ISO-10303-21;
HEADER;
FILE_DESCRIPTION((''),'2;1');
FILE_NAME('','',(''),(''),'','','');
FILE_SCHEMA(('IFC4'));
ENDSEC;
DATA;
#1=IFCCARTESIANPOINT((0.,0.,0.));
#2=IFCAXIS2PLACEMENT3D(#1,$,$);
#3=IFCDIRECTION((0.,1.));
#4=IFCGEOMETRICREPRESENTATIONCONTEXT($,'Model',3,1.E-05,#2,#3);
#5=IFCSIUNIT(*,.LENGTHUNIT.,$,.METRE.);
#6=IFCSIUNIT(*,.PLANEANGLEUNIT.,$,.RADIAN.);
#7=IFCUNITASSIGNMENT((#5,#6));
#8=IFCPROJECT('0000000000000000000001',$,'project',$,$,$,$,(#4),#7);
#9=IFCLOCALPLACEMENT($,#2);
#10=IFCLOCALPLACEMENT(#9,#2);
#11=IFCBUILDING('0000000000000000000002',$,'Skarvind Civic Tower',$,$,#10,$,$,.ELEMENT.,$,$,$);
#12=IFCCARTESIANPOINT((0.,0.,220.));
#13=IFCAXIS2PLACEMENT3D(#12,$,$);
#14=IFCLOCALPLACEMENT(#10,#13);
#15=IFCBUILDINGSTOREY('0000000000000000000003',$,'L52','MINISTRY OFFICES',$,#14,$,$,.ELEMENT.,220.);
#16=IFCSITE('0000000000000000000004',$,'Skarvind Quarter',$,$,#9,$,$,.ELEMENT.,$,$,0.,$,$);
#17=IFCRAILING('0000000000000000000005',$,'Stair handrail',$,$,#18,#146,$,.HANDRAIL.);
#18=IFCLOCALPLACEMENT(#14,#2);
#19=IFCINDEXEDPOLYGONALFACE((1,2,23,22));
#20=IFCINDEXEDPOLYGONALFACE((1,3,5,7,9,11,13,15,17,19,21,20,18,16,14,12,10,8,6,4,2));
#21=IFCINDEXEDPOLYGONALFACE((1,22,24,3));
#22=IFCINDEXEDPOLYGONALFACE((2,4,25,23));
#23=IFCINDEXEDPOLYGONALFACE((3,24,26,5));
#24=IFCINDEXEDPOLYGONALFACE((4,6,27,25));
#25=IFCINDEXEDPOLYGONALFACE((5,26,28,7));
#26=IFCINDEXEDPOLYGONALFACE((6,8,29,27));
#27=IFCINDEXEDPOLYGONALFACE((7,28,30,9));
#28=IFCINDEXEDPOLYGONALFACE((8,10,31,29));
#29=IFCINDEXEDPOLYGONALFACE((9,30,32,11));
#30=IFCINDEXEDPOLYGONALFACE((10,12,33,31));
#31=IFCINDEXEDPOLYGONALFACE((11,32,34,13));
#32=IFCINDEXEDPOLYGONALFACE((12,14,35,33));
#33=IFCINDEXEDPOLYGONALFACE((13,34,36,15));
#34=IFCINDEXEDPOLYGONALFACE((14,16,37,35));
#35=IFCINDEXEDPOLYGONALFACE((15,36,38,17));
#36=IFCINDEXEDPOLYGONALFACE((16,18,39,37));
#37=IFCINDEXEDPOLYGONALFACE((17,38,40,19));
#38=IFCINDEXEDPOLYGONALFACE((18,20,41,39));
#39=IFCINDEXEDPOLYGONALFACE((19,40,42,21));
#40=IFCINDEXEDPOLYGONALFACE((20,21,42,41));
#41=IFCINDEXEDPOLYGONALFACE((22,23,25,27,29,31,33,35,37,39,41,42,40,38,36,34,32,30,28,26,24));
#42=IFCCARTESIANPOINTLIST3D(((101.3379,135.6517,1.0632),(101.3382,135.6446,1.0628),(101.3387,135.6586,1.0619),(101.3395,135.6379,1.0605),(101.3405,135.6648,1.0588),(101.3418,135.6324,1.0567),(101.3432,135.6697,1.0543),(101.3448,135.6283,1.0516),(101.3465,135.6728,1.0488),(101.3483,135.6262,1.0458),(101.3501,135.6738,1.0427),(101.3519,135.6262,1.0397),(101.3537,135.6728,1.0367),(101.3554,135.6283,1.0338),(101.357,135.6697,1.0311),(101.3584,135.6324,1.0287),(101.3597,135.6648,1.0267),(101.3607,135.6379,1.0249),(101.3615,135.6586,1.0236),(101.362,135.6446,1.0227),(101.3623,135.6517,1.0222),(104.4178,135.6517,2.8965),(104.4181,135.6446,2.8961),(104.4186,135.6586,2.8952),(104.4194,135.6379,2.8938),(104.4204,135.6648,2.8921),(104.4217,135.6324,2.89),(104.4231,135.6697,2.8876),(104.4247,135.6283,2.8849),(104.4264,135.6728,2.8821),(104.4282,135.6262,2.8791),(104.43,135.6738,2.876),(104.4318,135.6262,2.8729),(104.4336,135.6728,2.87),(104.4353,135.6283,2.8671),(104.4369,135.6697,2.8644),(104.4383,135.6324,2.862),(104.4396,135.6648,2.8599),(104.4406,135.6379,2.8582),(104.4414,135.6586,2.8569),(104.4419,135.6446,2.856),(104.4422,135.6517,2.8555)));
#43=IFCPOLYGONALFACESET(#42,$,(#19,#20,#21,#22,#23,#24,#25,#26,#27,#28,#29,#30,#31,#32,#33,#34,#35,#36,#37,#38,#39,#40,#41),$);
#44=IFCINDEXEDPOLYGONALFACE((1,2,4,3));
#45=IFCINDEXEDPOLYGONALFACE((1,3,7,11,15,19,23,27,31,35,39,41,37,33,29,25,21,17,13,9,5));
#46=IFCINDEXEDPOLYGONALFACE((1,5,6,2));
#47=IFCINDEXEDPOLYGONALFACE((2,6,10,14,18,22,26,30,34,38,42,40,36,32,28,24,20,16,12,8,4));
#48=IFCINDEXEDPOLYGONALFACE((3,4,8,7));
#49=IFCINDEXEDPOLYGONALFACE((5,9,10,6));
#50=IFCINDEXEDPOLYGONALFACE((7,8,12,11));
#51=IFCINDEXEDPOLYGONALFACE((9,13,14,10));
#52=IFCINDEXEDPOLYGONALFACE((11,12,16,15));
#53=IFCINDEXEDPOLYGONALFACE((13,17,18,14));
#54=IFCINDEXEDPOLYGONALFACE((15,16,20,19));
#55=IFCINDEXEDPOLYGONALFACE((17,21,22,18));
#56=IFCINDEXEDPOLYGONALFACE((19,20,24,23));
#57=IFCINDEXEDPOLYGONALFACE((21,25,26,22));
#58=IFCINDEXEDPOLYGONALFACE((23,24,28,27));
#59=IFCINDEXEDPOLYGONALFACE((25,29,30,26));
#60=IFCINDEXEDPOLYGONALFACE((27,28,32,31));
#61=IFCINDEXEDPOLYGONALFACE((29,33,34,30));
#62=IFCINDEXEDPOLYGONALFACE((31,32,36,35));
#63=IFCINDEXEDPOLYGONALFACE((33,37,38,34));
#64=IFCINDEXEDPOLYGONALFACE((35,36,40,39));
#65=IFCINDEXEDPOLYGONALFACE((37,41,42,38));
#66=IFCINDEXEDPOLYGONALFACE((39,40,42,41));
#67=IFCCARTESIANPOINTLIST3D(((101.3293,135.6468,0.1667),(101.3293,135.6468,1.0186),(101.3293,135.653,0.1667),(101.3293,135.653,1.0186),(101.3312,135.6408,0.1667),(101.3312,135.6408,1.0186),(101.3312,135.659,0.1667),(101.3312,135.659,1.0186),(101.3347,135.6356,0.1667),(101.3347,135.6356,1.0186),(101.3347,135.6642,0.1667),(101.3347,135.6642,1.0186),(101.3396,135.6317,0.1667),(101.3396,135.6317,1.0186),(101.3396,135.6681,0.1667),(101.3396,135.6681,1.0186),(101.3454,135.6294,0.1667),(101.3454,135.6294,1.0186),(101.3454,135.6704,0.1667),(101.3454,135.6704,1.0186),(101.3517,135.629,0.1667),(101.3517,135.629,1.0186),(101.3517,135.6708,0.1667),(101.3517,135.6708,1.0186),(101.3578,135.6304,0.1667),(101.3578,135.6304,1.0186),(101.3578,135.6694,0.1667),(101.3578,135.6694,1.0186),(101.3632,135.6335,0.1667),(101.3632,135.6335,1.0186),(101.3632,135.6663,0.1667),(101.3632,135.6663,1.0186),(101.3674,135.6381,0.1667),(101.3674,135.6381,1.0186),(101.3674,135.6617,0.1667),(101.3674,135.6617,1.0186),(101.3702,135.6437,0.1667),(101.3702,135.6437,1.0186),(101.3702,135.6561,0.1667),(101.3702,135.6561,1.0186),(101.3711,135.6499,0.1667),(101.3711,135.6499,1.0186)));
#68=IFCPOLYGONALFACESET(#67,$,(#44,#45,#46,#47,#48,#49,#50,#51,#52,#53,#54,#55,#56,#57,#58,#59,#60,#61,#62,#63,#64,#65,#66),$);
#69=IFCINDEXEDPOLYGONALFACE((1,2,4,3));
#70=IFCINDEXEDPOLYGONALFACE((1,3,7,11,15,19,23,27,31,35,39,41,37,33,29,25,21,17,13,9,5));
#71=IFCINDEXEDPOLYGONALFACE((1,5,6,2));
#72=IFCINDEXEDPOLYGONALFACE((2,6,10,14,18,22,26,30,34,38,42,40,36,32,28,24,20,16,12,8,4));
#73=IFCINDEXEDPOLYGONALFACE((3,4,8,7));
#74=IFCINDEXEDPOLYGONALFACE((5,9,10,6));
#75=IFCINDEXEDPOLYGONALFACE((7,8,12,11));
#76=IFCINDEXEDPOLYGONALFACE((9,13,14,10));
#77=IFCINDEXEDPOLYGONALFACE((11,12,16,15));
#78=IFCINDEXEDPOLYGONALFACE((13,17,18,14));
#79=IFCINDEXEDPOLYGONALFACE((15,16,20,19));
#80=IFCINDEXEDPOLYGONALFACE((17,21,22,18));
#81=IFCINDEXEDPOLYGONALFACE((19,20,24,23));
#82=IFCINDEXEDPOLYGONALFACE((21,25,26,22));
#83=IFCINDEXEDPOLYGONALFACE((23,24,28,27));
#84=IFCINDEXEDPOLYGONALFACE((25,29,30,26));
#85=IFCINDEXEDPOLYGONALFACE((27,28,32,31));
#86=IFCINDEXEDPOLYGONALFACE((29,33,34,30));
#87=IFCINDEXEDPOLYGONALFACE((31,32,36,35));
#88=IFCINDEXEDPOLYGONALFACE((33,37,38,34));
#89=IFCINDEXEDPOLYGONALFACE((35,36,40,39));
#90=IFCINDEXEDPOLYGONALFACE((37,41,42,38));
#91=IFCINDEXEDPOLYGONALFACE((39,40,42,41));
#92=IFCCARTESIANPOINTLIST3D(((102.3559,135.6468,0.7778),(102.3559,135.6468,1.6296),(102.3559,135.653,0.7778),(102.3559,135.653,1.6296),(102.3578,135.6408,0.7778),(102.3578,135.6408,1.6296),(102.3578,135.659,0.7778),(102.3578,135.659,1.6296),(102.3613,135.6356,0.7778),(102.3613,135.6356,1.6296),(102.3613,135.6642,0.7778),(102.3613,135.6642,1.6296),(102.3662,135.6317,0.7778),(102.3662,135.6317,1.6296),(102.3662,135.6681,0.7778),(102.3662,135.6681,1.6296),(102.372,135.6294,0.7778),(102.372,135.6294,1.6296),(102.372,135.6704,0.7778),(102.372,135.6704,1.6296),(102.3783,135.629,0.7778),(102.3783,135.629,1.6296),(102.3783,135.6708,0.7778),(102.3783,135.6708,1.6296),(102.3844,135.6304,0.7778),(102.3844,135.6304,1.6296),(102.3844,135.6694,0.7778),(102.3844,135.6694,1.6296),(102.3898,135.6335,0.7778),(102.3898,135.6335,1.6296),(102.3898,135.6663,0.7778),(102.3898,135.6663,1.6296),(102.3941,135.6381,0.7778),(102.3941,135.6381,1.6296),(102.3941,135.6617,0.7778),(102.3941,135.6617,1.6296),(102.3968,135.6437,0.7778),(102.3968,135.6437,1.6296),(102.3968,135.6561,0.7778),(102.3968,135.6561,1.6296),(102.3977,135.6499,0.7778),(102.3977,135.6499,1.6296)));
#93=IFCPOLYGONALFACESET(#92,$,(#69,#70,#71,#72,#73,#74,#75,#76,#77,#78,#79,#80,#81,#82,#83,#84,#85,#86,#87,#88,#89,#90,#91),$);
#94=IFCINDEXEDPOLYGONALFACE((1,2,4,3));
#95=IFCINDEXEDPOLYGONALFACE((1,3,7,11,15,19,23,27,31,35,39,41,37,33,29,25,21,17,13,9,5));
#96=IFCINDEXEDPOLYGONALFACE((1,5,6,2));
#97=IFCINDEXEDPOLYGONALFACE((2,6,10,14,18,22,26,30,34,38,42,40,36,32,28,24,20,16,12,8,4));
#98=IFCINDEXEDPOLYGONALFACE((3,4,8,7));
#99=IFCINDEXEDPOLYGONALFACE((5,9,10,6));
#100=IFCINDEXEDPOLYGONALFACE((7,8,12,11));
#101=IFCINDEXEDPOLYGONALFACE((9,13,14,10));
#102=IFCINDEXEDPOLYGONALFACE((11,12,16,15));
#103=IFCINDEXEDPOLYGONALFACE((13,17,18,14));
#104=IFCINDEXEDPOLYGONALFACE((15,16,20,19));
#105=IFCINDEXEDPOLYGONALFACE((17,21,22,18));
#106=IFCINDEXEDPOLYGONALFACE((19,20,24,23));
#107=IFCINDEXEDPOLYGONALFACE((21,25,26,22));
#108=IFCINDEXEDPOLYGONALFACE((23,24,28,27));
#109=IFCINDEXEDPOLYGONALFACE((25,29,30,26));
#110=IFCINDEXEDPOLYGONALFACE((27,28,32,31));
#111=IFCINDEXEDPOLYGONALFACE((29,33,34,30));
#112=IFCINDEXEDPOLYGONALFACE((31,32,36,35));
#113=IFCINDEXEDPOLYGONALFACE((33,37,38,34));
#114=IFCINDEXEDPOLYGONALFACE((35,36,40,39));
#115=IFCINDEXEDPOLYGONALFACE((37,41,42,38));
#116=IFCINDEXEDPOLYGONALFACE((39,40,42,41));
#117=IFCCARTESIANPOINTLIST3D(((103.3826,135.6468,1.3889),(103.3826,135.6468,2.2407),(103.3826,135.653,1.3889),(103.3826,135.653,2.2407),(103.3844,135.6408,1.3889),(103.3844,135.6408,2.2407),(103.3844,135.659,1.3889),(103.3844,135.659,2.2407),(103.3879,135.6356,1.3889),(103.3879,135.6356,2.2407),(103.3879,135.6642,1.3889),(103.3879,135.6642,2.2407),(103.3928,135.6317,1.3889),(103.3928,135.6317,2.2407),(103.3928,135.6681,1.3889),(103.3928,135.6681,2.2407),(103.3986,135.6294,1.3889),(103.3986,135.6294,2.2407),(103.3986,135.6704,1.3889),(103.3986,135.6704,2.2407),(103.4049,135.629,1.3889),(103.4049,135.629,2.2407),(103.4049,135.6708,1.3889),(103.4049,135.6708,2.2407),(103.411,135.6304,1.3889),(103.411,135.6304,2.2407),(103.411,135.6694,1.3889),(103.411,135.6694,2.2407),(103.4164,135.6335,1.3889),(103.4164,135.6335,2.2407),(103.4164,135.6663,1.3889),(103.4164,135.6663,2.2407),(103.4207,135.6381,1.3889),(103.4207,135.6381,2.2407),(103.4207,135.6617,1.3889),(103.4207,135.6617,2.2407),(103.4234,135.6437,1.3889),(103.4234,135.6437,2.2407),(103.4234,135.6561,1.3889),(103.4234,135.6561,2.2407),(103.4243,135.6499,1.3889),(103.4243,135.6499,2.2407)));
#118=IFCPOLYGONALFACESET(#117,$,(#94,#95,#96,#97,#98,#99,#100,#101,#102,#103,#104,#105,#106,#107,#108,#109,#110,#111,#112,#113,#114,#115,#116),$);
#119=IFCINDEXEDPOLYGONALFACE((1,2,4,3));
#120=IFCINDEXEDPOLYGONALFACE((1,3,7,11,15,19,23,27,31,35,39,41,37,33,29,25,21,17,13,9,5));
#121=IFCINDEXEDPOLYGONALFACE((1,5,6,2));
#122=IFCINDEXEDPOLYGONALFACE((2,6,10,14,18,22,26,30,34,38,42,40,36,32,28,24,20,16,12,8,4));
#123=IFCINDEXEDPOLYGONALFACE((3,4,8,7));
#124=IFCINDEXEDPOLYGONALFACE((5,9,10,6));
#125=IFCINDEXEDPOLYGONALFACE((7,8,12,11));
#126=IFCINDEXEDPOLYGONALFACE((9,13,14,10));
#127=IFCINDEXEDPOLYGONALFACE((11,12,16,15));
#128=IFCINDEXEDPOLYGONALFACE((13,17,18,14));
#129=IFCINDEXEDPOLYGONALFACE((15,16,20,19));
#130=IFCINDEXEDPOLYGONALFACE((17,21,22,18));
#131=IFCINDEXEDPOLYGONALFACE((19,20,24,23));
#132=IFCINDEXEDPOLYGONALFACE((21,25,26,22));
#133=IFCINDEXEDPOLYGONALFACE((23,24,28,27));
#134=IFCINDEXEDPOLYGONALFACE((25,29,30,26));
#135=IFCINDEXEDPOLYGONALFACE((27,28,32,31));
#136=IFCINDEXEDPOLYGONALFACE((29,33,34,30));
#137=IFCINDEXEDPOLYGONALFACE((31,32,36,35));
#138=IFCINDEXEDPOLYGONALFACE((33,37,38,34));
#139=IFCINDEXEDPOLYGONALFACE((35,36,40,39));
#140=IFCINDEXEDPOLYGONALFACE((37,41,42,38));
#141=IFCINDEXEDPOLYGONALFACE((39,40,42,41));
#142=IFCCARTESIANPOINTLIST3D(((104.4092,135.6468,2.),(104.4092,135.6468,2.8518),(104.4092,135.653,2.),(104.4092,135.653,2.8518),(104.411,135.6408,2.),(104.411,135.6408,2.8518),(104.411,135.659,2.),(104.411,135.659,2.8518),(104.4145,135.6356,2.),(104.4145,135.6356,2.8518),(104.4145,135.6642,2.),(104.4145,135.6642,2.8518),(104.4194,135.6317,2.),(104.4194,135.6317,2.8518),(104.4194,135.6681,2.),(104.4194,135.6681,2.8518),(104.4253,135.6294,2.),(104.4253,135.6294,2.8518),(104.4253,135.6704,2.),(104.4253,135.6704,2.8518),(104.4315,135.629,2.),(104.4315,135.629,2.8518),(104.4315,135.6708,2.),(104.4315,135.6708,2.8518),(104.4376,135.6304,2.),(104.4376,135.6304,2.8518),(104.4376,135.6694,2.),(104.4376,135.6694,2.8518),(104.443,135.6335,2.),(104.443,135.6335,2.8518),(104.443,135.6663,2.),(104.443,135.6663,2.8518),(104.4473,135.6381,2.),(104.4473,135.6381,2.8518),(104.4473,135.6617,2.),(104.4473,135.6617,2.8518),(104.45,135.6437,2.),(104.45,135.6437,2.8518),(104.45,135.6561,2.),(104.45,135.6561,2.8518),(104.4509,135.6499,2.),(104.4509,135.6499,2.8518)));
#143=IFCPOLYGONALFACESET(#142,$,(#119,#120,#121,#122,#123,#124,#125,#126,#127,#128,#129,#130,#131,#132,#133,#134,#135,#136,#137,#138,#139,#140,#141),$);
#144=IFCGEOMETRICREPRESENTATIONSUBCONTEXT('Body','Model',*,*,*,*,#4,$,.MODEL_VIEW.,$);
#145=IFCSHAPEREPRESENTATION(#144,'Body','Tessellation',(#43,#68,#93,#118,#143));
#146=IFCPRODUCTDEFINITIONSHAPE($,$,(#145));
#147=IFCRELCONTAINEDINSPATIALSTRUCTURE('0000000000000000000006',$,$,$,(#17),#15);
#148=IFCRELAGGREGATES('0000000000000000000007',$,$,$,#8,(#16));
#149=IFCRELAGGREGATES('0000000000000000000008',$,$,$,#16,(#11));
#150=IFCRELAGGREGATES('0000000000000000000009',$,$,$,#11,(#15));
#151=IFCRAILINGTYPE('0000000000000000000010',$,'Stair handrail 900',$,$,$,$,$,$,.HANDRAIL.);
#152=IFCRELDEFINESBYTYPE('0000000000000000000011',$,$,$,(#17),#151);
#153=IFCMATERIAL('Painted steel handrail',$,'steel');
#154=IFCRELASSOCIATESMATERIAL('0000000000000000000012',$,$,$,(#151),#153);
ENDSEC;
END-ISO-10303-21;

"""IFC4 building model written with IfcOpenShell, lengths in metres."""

from ifc_helpers import new_model, si_unit, direction, frame, origin, origin_2d, place, context, subcontext, project, spatial, circle, extrude, material, type_object, element, save


model = new_model("IFC4")

# Units and contexts
model_context = context("Model", 3, precision=1e-05, world=origin(), true_north=direction((0.0, 1.0)))
body_context = subcontext(model_context, "Body", "Model", "MODEL_VIEW")
ifc_project = project(units=[si_unit("LENGTHUNIT", "METRE"), si_unit("PLANEANGLEUNIT", "RADIAN")], contexts=[model_context])

# Site, building, storey
site_placement = place(None, origin())
site = spatial("IfcSite", under=ifc_project, at=site_placement, Name="Skarvind Quarter", CompositionType="ELEMENT", RefElevation=0.0)
building_placement = place(site_placement, origin())
building = spatial("IfcBuilding", under=site, at=building_placement, Name="Skarvind Civic Tower", CompositionType="ELEMENT")
storey_placement = place(building_placement, frame((0.0, 0.0, 220.0)))
storey = spatial("IfcBuildingStorey", under=building, at=storey_placement, Name="L52", Description="MINISTRY OFFICES", CompositionType="ELEMENT", Elevation=220.0)

# Railing
ifc_material_1 = material(Name="Painted steel handrail", Category="steel")
railing_type = type_object("IfcRailingType", Name="Stair handrail 900", PredefinedType="HANDRAIL", material=ifc_material_1)
railing_1_placement = place(storey_placement, frame((101.3501, 135.6499, 0.1667)))
element("IfcRailing", 1, at=railing_1_placement, inside=storey, type_object=railing_type, Name="Stair handrail", PredefinedType="HANDRAIL", context=body_context, shape_type="SweptSolid", body=[
    extrude(circle(Radius=0.0239, at=origin_2d()), frame((0.0, 0.0, 0.876), z_axis=(0.859291, 0.0, 0.511487), x_axis=(0.0, 1.0, 0.0)), (0.0, 0.0, 1.0), 3.5842),
    extrude(circle(Radius=0.021, at=origin_2d()), origin(), (0.0, 0.0, 1.0), 0.8518),
    extrude(circle(Radius=0.021, at=origin_2d()), frame((1.0266, 0.0, 0.6111)), (0.0, 0.0, 1.0), 0.8518),
    extrude(circle(Radius=0.021, at=origin_2d()), frame((2.0532, 0.0, 1.2222)), (0.0, 0.0, 1.0), 0.8518),
    extrude(circle(Radius=0.021, at=origin_2d()), frame((3.0798, 0.0, 1.8333)), (0.0, 0.0, 1.0), 0.8518),
])

save(model, "model.ifc")
